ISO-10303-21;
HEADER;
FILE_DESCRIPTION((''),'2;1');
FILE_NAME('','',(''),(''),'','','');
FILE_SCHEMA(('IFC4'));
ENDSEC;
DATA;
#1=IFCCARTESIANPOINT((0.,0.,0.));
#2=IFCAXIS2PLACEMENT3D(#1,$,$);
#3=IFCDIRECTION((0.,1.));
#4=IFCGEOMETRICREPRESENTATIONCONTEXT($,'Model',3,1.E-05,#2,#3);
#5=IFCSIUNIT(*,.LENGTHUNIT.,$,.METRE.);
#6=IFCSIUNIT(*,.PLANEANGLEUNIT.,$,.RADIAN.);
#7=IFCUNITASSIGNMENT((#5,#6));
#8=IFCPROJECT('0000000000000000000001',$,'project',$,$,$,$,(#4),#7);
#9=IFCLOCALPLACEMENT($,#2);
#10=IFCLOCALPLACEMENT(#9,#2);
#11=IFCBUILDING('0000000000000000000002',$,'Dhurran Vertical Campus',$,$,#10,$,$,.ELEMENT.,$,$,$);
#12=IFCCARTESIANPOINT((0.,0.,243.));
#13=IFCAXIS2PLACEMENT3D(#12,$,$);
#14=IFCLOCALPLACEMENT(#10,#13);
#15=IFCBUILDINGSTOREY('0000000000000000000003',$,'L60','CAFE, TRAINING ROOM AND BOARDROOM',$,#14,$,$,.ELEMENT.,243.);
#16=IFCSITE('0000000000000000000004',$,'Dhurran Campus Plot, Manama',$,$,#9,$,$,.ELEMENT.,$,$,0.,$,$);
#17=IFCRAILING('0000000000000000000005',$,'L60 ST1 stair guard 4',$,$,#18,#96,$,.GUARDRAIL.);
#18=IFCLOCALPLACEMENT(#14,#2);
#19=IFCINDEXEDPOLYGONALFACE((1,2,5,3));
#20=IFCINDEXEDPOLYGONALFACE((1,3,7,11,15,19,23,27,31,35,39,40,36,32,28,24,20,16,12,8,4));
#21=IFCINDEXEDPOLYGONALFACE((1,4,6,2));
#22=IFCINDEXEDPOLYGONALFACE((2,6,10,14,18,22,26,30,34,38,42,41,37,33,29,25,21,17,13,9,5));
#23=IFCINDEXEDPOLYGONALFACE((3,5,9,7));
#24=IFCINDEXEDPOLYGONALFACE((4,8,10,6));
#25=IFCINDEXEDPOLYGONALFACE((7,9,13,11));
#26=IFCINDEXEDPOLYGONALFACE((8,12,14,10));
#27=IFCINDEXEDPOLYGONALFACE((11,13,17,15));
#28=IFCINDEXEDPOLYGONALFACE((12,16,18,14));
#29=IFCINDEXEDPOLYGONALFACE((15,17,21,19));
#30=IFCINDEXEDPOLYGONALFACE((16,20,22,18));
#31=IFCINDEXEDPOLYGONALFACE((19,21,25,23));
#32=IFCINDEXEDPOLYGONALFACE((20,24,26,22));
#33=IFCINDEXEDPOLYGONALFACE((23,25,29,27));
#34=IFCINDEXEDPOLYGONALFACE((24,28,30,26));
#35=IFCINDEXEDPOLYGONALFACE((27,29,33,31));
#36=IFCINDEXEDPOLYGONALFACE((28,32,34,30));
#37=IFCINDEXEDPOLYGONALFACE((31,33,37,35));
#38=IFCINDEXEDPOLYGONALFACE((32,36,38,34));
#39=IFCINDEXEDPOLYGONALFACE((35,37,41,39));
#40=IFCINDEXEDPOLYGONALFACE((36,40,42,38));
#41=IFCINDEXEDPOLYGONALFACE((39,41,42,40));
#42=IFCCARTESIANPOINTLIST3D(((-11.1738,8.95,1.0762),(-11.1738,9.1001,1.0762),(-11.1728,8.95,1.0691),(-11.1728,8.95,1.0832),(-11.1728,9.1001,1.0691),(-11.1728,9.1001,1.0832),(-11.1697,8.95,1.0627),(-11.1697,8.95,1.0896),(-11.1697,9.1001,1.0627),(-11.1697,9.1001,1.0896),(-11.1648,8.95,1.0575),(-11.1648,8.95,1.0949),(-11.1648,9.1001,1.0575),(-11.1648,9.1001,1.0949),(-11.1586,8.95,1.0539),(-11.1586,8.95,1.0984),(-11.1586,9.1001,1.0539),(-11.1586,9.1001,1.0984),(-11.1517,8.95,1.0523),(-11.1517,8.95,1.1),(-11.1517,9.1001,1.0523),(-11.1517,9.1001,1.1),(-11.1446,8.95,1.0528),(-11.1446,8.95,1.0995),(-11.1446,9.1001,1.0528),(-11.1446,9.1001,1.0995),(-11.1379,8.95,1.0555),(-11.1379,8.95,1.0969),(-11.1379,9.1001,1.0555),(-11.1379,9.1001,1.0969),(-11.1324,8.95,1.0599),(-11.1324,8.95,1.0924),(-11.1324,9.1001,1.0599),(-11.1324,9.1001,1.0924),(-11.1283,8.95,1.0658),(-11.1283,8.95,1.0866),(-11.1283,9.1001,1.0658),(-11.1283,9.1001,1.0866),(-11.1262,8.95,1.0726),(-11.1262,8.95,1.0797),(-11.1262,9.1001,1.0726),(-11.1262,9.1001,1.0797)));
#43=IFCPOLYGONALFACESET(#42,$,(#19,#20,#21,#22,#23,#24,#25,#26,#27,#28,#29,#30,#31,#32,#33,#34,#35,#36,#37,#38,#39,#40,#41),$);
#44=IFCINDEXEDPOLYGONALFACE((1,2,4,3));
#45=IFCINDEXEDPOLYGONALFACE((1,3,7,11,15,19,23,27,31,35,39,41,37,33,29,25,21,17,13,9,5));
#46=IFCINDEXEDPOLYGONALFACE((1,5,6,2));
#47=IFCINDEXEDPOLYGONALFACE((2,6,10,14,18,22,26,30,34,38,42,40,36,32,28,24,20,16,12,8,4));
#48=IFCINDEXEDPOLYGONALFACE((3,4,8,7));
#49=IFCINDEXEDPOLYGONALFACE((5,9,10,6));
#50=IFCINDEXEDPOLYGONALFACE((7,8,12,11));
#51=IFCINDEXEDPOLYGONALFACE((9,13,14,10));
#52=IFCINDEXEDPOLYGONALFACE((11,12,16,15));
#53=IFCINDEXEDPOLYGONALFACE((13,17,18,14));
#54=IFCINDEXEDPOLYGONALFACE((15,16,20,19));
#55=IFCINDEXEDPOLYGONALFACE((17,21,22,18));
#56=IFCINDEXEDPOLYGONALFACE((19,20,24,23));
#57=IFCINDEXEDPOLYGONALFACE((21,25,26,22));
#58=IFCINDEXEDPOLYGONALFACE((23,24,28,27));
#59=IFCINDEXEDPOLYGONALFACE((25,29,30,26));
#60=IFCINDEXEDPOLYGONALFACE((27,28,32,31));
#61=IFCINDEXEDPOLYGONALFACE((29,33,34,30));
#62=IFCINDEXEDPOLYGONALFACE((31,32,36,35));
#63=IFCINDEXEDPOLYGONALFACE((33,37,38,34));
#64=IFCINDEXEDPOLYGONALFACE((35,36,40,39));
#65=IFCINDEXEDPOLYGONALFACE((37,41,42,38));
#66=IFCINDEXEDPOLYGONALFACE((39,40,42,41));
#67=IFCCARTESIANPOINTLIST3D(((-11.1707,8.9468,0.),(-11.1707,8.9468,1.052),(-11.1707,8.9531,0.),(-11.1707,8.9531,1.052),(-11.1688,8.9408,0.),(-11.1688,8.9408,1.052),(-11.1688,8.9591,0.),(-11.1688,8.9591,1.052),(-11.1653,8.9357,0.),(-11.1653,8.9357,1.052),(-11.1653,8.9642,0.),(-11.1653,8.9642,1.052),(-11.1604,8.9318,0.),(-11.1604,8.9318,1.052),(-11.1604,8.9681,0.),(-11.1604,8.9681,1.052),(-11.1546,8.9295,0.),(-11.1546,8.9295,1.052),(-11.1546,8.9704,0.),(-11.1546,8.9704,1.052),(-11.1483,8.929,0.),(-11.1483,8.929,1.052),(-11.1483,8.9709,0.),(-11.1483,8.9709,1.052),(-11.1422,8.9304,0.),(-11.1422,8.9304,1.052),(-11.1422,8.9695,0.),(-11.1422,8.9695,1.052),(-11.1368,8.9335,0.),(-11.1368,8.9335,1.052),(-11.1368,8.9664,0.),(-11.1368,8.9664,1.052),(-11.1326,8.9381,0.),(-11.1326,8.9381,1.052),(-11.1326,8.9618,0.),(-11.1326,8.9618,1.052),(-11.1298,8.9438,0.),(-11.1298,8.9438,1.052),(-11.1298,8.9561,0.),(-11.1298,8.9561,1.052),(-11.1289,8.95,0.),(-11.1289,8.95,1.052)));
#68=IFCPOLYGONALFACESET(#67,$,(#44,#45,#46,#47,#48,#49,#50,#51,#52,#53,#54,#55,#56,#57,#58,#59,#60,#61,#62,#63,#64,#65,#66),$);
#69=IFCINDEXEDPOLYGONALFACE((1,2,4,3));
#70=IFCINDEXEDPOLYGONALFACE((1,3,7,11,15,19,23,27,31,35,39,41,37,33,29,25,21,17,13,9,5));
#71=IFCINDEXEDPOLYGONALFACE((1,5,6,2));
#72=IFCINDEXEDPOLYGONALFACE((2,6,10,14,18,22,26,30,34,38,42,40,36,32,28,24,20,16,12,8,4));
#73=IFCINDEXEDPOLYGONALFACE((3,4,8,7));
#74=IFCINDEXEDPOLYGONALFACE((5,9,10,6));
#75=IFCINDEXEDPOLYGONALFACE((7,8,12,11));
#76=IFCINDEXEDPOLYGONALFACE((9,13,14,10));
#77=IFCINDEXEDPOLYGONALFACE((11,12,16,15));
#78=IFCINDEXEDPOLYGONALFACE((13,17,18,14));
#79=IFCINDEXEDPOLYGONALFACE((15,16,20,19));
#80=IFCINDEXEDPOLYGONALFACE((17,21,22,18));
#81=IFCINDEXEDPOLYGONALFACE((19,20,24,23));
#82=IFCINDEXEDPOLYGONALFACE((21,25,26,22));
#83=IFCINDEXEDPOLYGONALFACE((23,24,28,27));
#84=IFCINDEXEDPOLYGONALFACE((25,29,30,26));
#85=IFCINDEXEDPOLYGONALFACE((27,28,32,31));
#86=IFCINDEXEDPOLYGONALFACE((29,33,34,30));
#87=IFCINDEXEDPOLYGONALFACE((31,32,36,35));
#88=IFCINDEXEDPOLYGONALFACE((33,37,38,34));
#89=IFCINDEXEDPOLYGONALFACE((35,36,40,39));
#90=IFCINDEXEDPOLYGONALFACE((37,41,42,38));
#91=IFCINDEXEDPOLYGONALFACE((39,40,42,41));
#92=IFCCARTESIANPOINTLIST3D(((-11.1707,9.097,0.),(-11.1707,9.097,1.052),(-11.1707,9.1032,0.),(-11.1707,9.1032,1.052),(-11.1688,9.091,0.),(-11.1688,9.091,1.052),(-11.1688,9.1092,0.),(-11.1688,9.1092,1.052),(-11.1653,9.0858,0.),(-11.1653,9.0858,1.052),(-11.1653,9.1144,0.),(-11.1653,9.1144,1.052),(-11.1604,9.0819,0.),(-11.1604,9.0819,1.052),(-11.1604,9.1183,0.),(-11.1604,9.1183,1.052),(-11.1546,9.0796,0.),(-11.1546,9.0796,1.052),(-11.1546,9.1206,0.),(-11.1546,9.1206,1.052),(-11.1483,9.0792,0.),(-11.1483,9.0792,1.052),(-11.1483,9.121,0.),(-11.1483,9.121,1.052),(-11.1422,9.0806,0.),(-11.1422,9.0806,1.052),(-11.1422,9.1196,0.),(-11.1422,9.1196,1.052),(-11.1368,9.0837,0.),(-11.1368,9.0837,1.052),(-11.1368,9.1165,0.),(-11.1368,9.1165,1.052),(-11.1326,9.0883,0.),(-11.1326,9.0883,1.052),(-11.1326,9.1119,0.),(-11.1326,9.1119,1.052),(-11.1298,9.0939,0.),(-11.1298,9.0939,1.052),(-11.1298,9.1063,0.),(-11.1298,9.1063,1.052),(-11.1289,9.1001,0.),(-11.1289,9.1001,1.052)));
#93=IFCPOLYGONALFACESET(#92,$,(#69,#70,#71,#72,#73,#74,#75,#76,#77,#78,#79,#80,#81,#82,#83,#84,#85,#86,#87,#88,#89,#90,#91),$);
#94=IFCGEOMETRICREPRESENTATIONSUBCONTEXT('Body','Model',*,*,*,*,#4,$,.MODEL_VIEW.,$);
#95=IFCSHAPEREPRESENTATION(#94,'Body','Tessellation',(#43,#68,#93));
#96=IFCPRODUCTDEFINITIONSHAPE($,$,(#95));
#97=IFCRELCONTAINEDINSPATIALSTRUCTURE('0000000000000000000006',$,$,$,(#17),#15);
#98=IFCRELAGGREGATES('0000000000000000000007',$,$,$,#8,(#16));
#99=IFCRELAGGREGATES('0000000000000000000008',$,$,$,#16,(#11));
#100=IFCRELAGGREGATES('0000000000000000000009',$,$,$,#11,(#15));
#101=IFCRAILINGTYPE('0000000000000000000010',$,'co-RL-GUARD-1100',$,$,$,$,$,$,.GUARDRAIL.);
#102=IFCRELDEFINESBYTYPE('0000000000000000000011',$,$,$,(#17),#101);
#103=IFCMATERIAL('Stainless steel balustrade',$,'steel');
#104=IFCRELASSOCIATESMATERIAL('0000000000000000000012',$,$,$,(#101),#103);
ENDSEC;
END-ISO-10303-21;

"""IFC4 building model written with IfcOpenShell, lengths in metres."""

from ifc_helpers import new_model, si_unit, direction, frame, origin, origin_2d, place, context, subcontext, project, spatial, circle, extrude, material, type_object, element, save


model = new_model("IFC4")

# Units and contexts
model_context = context("Model", 3, precision=1e-05, world=origin(), true_north=direction((0.0, 1.0)))
body_context = subcontext(model_context, "Body", "Model", "MODEL_VIEW")
ifc_project = project(units=[si_unit("LENGTHUNIT", "METRE"), si_unit("PLANEANGLEUNIT", "RADIAN")], contexts=[model_context])

# Site, building, storey
site_placement = place(None, origin())
site = spatial("IfcSite", under=ifc_project, at=site_placement, Name="Dhurran Campus Plot, Manama", CompositionType="ELEMENT", RefElevation=0.0)
building_placement = place(site_placement, origin())
building = spatial("IfcBuilding", under=site, at=building_placement, Name="Dhurran Vertical Campus", CompositionType="ELEMENT")
storey_placement = place(building_placement, frame((0.0, 0.0, 243.0)))
storey = spatial("IfcBuildingStorey", under=building, at=storey_placement, Name="L60", Description="CAFE, TRAINING ROOM AND BOARDROOM", CompositionType="ELEMENT", Elevation=243.0)

# Railing
ifc_material_1 = material(Name="Stainless steel balustrade", Category="steel")
railing_type_1 = type_object("IfcRailingType", Name="co-RL-GUARD-1100", PredefinedType="GUARDRAIL", material=ifc_material_1)
railing_1_placement = place(storey_placement, frame((-11.1499, 8.95, 0.0)))
element("IfcRailing", 1, at=railing_1_placement, inside=storey, type_object=railing_type_1, Name="L60 ST1 stair guard 4", PredefinedType="GUARDRAIL", context=body_context, shape_type="SweptSolid", body=[
    extrude(circle(Radius=0.0239, at=origin_2d()), frame((0.0, 0.0, 1.0762), z_axis=(0.0, 1.0, 0.0), x_axis=(-1.0, 0.0, 0.0)), (0.0, 0.0, 1.0), 0.1501),
    extrude(circle(Radius=0.021, at=origin_2d()), origin(), (0.0, 0.0, 1.0), 1.052),
    extrude(circle(Radius=0.021, at=origin_2d()), frame((0.0, 0.1501, 0.0)), (0.0, 0.0, 1.0), 1.052),
])

save(model, "model.ifc")
